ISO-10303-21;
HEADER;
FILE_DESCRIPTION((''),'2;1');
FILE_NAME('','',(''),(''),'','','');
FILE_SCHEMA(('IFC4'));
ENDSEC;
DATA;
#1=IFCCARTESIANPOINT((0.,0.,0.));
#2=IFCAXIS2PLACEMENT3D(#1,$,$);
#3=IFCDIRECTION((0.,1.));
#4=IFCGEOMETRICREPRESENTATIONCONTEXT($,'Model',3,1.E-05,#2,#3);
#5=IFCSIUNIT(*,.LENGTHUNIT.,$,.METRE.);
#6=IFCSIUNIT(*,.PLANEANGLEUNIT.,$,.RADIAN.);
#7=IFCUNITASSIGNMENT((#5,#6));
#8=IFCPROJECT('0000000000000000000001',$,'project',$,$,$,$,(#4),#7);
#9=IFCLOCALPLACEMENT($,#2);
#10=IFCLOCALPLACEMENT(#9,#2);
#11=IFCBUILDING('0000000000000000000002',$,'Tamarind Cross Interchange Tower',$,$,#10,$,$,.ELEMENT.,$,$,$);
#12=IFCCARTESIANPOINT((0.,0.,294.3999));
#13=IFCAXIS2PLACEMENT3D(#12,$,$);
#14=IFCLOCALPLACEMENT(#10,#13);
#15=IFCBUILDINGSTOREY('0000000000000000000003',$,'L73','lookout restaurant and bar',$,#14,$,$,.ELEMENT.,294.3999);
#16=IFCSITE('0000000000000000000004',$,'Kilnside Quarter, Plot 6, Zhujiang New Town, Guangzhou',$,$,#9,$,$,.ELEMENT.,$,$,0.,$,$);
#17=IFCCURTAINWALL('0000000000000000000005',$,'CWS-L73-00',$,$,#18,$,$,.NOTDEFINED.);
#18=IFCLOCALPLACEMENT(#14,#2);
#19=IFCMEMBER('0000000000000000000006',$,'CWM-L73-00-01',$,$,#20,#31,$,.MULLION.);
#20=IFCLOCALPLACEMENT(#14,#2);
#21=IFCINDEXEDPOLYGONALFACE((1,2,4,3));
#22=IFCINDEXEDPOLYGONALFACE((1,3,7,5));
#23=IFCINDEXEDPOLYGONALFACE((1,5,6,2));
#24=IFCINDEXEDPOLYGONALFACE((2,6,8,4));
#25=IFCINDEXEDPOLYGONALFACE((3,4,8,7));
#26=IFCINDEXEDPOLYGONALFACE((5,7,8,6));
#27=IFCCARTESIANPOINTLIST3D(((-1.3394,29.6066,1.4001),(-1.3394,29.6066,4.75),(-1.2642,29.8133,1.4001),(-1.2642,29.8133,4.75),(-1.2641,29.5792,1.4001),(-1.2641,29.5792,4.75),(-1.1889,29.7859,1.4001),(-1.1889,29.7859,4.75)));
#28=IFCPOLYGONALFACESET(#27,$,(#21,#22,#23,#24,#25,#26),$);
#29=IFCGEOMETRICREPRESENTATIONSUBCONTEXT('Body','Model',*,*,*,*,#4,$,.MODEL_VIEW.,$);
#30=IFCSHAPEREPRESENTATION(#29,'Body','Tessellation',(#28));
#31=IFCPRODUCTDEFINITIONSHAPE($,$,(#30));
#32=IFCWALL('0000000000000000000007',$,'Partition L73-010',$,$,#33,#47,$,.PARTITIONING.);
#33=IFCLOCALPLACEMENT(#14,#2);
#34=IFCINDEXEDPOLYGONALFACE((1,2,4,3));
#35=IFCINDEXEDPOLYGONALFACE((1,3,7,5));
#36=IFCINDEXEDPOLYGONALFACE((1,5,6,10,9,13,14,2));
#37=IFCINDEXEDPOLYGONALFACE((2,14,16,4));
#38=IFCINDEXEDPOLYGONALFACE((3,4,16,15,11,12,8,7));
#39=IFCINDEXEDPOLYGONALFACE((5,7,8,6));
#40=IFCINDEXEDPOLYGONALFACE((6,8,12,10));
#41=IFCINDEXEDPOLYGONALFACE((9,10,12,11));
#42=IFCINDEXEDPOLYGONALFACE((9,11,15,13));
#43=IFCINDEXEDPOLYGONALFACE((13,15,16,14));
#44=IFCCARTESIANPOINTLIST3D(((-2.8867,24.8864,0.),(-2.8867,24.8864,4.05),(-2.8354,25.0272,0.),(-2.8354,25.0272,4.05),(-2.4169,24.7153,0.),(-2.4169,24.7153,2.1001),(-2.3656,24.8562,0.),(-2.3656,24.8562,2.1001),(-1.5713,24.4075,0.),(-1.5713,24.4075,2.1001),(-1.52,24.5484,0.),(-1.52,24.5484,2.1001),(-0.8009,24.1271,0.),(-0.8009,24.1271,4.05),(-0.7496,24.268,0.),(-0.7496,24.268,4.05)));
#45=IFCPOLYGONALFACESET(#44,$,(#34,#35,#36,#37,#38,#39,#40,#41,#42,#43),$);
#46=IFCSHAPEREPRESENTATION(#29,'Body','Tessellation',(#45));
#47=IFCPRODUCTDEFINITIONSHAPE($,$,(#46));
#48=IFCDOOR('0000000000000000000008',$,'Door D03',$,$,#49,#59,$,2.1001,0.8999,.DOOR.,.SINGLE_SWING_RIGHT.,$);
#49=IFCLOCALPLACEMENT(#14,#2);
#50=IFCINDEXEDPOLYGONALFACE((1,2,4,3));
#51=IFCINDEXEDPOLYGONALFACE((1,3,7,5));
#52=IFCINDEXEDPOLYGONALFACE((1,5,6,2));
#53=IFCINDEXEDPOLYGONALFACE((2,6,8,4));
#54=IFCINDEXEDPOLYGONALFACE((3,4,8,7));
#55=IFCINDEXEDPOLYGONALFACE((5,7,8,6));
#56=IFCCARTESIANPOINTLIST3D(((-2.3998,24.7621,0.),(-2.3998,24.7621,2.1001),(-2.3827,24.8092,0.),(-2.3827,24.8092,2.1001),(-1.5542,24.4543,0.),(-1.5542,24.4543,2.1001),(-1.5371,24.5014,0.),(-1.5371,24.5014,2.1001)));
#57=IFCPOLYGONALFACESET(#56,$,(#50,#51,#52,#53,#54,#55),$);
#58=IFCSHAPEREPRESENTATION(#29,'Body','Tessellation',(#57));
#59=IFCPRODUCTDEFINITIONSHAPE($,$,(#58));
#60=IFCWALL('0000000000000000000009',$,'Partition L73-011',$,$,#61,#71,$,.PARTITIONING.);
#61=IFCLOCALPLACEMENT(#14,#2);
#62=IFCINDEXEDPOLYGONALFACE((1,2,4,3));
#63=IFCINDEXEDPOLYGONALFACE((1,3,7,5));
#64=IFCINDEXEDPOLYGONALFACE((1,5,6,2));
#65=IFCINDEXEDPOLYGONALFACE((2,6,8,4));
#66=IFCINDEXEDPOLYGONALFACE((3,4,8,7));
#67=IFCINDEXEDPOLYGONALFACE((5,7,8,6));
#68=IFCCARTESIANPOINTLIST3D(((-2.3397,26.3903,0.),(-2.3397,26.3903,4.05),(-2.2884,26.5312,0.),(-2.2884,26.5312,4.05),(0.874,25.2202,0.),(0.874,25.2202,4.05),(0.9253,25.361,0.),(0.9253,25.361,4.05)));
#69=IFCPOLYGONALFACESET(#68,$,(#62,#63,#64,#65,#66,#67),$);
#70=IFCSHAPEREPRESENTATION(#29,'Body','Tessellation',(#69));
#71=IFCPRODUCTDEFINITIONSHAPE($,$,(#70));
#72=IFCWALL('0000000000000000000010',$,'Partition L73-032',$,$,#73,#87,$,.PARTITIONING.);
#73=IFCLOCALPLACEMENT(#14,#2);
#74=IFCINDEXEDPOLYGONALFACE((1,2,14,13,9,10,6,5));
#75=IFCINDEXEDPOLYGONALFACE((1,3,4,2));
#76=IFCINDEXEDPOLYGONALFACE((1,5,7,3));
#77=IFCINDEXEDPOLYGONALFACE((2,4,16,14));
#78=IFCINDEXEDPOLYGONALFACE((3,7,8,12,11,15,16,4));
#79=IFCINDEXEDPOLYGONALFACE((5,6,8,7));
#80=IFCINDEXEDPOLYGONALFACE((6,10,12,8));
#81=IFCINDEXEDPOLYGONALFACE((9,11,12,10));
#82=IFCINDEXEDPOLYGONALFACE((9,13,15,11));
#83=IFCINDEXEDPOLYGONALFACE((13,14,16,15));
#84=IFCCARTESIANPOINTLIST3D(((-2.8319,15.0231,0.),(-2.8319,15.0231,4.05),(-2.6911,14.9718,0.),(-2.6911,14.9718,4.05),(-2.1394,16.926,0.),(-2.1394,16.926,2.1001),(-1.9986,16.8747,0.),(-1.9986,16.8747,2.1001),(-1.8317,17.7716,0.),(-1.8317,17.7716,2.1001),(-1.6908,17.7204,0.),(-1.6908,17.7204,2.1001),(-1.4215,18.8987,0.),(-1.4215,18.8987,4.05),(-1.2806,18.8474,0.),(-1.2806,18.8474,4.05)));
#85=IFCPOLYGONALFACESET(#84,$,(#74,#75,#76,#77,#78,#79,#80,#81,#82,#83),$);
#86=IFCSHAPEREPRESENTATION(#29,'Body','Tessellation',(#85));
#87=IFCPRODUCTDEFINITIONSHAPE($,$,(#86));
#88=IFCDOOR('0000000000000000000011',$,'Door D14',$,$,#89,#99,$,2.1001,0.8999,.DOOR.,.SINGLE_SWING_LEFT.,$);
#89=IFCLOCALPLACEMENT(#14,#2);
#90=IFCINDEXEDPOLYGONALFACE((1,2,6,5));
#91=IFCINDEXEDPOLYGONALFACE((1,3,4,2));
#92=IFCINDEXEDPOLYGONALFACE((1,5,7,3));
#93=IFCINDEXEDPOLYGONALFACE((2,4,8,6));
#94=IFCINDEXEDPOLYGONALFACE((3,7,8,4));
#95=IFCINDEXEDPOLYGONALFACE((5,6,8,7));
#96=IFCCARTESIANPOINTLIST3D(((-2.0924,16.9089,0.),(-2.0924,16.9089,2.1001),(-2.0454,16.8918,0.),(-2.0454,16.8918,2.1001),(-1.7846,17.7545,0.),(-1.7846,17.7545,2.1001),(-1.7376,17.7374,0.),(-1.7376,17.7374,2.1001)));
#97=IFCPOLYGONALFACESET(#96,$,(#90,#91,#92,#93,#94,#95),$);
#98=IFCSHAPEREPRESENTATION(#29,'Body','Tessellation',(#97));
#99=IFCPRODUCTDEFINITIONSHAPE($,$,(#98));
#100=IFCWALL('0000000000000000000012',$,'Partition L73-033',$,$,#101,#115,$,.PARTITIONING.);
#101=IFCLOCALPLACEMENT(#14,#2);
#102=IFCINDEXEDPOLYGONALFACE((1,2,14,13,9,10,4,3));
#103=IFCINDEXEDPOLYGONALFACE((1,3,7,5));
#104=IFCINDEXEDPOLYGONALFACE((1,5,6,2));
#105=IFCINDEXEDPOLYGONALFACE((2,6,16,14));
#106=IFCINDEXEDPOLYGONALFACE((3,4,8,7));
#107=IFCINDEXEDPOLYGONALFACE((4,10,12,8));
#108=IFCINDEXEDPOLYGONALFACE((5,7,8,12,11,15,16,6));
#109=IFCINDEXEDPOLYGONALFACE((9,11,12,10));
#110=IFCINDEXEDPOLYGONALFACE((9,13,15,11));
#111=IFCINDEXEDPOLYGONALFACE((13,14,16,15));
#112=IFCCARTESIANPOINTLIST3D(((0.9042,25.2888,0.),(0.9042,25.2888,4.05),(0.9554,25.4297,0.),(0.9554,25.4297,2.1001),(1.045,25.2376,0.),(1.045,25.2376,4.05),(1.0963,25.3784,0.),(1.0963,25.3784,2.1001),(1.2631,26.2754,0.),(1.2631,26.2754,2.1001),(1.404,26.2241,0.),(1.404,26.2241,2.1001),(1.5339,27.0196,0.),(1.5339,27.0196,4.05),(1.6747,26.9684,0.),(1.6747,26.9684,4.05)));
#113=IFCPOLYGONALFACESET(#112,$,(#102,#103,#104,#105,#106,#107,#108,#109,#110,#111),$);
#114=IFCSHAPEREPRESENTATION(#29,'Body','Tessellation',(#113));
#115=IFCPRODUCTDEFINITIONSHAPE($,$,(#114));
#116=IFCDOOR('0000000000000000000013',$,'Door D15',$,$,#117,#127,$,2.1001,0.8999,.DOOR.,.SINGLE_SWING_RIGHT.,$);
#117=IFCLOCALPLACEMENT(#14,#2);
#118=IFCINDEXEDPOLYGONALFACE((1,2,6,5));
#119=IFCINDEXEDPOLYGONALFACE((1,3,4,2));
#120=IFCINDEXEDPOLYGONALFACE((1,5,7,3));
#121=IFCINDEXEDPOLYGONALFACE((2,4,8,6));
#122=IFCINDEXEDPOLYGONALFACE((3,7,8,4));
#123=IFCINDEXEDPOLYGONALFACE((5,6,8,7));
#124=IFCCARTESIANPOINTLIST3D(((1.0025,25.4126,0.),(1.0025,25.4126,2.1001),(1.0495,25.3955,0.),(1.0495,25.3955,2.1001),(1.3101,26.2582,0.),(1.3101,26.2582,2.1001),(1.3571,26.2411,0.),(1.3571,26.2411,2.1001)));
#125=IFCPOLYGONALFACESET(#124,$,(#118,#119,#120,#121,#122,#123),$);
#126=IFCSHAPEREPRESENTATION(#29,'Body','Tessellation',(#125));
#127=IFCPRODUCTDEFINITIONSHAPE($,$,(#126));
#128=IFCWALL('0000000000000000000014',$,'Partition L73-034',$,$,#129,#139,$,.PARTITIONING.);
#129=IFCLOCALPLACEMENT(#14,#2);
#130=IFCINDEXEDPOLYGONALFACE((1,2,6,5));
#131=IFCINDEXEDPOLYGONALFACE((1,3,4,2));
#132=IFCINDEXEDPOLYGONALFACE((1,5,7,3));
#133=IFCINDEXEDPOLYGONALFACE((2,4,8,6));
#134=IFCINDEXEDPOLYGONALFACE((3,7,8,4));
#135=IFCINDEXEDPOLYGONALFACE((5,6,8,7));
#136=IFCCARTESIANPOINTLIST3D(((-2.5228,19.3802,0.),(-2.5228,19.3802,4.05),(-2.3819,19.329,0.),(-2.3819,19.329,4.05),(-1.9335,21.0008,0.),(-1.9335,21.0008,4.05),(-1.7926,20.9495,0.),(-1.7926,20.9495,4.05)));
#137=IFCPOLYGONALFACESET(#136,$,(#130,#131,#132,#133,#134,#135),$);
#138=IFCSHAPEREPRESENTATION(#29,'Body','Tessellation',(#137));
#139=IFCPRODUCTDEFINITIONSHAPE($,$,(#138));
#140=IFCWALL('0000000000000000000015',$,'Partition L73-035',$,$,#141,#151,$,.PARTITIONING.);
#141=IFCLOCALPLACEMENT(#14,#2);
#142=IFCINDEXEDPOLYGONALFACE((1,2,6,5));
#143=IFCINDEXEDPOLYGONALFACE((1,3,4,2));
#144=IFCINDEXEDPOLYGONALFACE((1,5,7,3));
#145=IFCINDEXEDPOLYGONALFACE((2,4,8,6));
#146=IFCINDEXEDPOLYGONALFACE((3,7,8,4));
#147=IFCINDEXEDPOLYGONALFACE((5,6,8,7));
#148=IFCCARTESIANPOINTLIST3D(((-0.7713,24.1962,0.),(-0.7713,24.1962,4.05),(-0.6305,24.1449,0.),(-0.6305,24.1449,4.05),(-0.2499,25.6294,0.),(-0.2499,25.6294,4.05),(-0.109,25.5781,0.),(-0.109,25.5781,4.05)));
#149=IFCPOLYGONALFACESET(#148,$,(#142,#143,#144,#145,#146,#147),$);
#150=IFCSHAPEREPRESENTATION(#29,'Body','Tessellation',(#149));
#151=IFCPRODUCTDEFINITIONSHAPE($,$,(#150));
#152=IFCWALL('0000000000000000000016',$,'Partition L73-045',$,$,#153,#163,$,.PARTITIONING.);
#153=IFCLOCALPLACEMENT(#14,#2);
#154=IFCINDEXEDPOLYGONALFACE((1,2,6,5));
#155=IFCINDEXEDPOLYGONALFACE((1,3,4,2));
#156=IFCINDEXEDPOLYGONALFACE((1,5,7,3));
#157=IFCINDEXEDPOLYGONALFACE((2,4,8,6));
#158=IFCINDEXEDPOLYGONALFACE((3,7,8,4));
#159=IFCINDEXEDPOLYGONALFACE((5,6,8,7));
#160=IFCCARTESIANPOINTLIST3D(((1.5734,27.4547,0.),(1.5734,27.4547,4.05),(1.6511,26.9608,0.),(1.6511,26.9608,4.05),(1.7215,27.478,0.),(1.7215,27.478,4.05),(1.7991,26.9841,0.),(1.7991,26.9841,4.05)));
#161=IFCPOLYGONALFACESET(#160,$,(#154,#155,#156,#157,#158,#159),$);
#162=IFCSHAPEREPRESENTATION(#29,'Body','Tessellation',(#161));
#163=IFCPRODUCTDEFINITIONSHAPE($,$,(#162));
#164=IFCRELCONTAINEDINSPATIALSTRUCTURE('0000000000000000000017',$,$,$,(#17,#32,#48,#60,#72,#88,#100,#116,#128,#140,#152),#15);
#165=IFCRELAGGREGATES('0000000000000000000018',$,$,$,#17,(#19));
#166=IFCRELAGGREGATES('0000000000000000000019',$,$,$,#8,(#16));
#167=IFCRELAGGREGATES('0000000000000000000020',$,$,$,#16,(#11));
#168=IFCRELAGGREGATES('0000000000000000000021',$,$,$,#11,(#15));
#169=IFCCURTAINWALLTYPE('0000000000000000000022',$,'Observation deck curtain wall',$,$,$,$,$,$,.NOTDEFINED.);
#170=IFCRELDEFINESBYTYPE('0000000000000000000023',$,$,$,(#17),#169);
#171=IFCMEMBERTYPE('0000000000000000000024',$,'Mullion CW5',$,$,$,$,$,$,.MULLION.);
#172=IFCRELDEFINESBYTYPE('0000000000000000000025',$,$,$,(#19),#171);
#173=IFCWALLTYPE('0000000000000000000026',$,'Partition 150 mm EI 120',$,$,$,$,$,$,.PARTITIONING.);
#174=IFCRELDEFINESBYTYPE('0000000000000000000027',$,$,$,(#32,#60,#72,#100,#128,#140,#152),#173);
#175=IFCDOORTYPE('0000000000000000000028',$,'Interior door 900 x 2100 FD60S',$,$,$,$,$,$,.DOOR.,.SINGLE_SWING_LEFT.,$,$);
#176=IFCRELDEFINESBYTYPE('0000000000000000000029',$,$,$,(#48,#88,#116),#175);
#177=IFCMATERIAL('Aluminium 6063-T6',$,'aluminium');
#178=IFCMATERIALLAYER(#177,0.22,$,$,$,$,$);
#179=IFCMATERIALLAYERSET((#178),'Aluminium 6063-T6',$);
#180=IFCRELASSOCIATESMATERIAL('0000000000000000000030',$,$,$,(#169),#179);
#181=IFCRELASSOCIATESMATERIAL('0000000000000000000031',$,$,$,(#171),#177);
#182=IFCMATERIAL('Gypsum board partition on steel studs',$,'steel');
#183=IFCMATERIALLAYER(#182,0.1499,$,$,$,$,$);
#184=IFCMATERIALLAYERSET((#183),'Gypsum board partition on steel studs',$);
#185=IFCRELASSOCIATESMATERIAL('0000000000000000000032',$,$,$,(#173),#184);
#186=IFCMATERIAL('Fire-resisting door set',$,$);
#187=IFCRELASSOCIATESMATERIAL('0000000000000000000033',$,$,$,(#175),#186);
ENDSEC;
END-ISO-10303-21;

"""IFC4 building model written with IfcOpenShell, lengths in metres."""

from ifc_helpers import new_model, si_unit, direction, frame, frame_2d, origin, origin_2d, place, context, subcontext, project, spatial, rectangle, extrude, material, layer, layer_set, material_profile, profile_set, type_object, element, fill, aggregate, save


model = new_model("IFC4")

# Units and contexts
model_context = context("Model", 3, precision=1e-05, world=origin(), true_north=direction((0.0, 1.0)))
body_context = subcontext(model_context, "Body", "Model", "MODEL_VIEW")
ifc_project = project(units=[si_unit("LENGTHUNIT", "METRE"), si_unit("PLANEANGLEUNIT", "RADIAN")], contexts=[model_context])

# Site, building, storey
site_placement = place(None, origin())
site = spatial("IfcSite", under=ifc_project, at=site_placement, Name="Kilnside Quarter, Plot 6, Zhujiang New Town, Guangzhou", CompositionType="ELEMENT", RefElevation=0.0)
building_placement = place(site_placement, origin())
building = spatial("IfcBuilding", under=site, at=building_placement, Name="Tamarind Cross Interchange Tower", CompositionType="ELEMENT")
storey_placement = place(building_placement, frame((0.0, 0.0, 294.3999)))
storey = spatial("IfcBuildingStorey", under=building, at=storey_placement, Name="L73", Description="lookout restaurant and bar", CompositionType="ELEMENT", Elevation=294.3999)

# Curtain wall, member
ifc_material_1 = material(Name="Aluminium 6063-T6", Category="aluminium")
ifc_layer_1 = layer(ifc_material_1, 0.22)
ifc_layer_set_1 = layer_set([ifc_layer_1], Name="Aluminium 6063-T6")
curtain_wall_type = type_object("IfcCurtainWallType", Name="Observation deck curtain wall", PredefinedType="NOTDEFINED", material=ifc_layer_set_1)
curtain_wall_placement = place(storey_placement, origin())
curtain_wall = element("IfcCurtainWall", 1, at=curtain_wall_placement, inside=storey, type_object=curtain_wall_type, Name="CWS-L73-00", PredefinedType="NOTDEFINED")
ifc_material_profile_1 = material_profile(ifc_material_1, rectangle(XDim=0.0801, YDim=0.22, at=origin_2d()), Name="Mullion CW5")
ifc_profile_set_1 = profile_set([ifc_material_profile_1], Name="Aluminium 6063-T6")
member_type = type_object("IfcMemberType", Name="Mullion CW5", PredefinedType="MULLION", material=ifc_profile_set_1)
member_1_placement = place(storey_placement, frame((-1.2642, 29.6963, 1.4001), z_axis=(0.0, 0.0, 1.0), x_axis=(-0.939702, 0.341994, 0.0)))
member_1 = element("IfcMember", 2, at=member_1_placement, type_object=member_type, Name="CWM-L73-00-01", PredefinedType="MULLION", context=body_context, shape_type="SweptSolid", body=[
    extrude(rectangle(XDim=0.0801, YDim=0.22, at=origin_2d()), origin(), (0.0, 0.0, 1.0), 3.3499),
])
aggregate(curtain_wall, [member_1])

# Wall, opening, door
ifc_material_2 = material(Name="Gypsum board partition on steel studs", Category="steel")
ifc_layer_2 = layer(ifc_material_2, 0.1499)
ifc_layer_set_2 = layer_set([ifc_layer_2], Name="Gypsum board partition on steel studs")
wall_type_1 = type_object("IfcWallType", Name="Partition 150 mm EI 120", PredefinedType="PARTITIONING", material=ifc_layer_set_2)
wall_1_placement = place(storey_placement, frame((-2.8611, 24.9568, 0.0), z_axis=(0.0, 0.0, 1.0), x_axis=(0.939684, -0.342043, 0.0)))
wall_1 = element("IfcWall", 3, at=wall_1_placement, inside=storey, type_object=wall_type_1, Name="Partition L73-010", PredefinedType="PARTITIONING", context=body_context, shape_type="SweptSolid", body=[
    extrude(rectangle(XDim=2.2197, YDim=0.1499, at=frame_2d((1.1099, 0.0))), origin(), (0.0, 0.0, 1.0), 4.05),
])
opening_1_placement = place(wall_1_placement, frame((0.5, 0.0, 0.0)))
opening_1 = element("IfcOpeningElement", 4, at=opening_1_placement, cuts=wall_1, PredefinedType="OPENING", context=body_context, shape_type="SweptSolid", body=[
    extrude(rectangle(XDim=0.8999, YDim=2.1001, at=frame_2d((0.45, 1.05))), frame((0.0, 0.085, 0.0), z_axis=(0.0, -1.0, 0.0), x_axis=(1.0, 0.0, 0.0)), (0.0, 0.0, 1.0), 0.1699),
])
ifc_material_3 = material(Name="Fire-resisting door set")
door_type_1 = type_object("IfcDoorType", Name="Interior door 900 x 2100 FD60S", OperationType="SINGLE_SWING_LEFT", PredefinedType="DOOR", material=ifc_material_3)
door_1_placement = place(opening_1_placement, origin())
door_1 = element("IfcDoor", 5, at=door_1_placement, inside=storey, type_object=door_type_1, Name="Door D03", OperationType="SINGLE_SWING_RIGHT", OverallHeight=2.1001, OverallWidth=0.8999, PredefinedType="DOOR", context=body_context, shape_type="SweptSolid", body=[
    extrude(rectangle(XDim=0.8999, YDim=2.1001, at=frame_2d((0.45, 1.05))), frame((0.0, 0.0249, 0.0), z_axis=(0.0, -1.0, 0.0), x_axis=(1.0, 0.0, 0.0)), (0.0, 0.0, 1.0), 0.05),
])
fill(opening_1, door_1)

# Wall
wall_2_placement = place(storey_placement, frame((-2.314, 26.4607, 0.0), z_axis=(0.0, 0.0, 1.0), x_axis=(0.939654, -0.342127, 0.0)))
element("IfcWall", 6, at=wall_2_placement, inside=storey, type_object=wall_type_1, Name="Partition L73-011", PredefinedType="PARTITIONING", context=body_context, shape_type="SweptSolid", body=[
    extrude(rectangle(XDim=3.4202, YDim=0.1499, at=frame_2d((1.71, 0.0))), origin(), (0.0, 0.0, 1.0), 4.05),
])

# Walls, openings, doors
wall_3_placement = place(storey_placement, frame((-2.7615, 14.9976, 0.0), z_axis=(0.0, 0.0, 1.0), x_axis=(0.341985, 0.939705, 0.0)))
wall_3 = element("IfcWall", 7, at=wall_3_placement, inside=storey, type_object=wall_type_1, Name="Partition L73-032", PredefinedType="PARTITIONING", context=body_context, shape_type="SweptSolid", body=[
    extrude(rectangle(XDim=4.1243, YDim=0.1499, at=frame_2d((2.062, 0.0))), origin(), (0.0, 0.0, 1.0), 4.05),
])
opening_2_placement = place(wall_3_placement, frame((2.0249, 0.0, 0.0)))
opening_2 = element("IfcOpeningElement", 8, at=opening_2_placement, cuts=wall_3, PredefinedType="OPENING", context=body_context, shape_type="SweptSolid", body=[
    extrude(rectangle(XDim=0.8999, YDim=2.1001, at=frame_2d((0.45, 1.05))), frame((0.0, 0.085, 0.0), z_axis=(0.0, -1.0, 0.0), x_axis=(1.0, 0.0, 0.0)), (0.0, 0.0, 1.0), 0.1699),
])
door_2_placement = place(opening_2_placement, origin())
door_2 = element("IfcDoor", 9, at=door_2_placement, inside=storey, type_object=door_type_1, Name="Door D14", OperationType="SINGLE_SWING_LEFT", OverallHeight=2.1001, OverallWidth=0.8999, PredefinedType="DOOR", context=body_context, shape_type="SweptSolid", body=[
    extrude(rectangle(XDim=0.8999, YDim=2.1001, at=frame_2d((0.45, 1.05))), frame((0.0, 0.0249, 0.0), z_axis=(0.0, -1.0, 0.0), x_axis=(1.0, 0.0, 0.0)), (0.0, 0.0, 1.0), 0.05),
])
fill(opening_2, door_2)
wall_4_placement = place(storey_placement, frame((0.9746, 25.2632, 0.0), z_axis=(0.0, 0.0, 1.0), x_axis=(0.341881, 0.939743, 0.0)))
wall_4 = element("IfcWall", 10, at=wall_4_placement, inside=storey, type_object=wall_type_1, Name="Partition L73-033", PredefinedType="PARTITIONING", context=body_context, shape_type="SweptSolid", body=[
    extrude(rectangle(XDim=1.8418, YDim=0.1499, at=frame_2d((0.9209, 0.0))), origin(), (0.0, 0.0, 1.0), 4.05),
])
opening_3_placement = place(wall_4_placement, frame((0.1499, 0.0, 0.0)))
opening_3 = element("IfcOpeningElement", 11, at=opening_3_placement, cuts=wall_4, PredefinedType="OPENING", context=body_context, shape_type="SweptSolid", body=[
    extrude(rectangle(XDim=0.8999, YDim=2.1001, at=frame_2d((0.45, 1.05))), frame((0.0, 0.085, 0.0), z_axis=(0.0, -1.0, 0.0), x_axis=(1.0, 0.0, 0.0)), (0.0, 0.0, 1.0), 0.1699),
])
door_3_placement = place(opening_3_placement, origin())
door_3 = element("IfcDoor", 12, at=door_3_placement, inside=storey, type_object=door_type_1, Name="Door D15", OperationType="SINGLE_SWING_RIGHT", OverallHeight=2.1001, OverallWidth=0.8999, PredefinedType="DOOR", context=body_context, shape_type="SweptSolid", body=[
    extrude(rectangle(XDim=0.8999, YDim=2.1001, at=frame_2d((0.45, 1.05))), frame((0.0, 0.0249, 0.0), z_axis=(0.0, -1.0, 0.0), x_axis=(1.0, 0.0, 0.0)), (0.0, 0.0, 1.0), 0.05),
])
fill(opening_3, door_3)

# Walls
wall_5_placement = place(storey_placement, frame((-2.4524, 19.3545, 0.0), z_axis=(0.0, 0.0, 1.0), x_axis=(0.341766, 0.939785, 0.0)))
element("IfcWall", 13, at=wall_5_placement, inside=storey, type_object=wall_type_1, Name="Partition L73-034", PredefinedType="PARTITIONING", context=body_context, shape_type="SweptSolid", body=[
    extrude(rectangle(XDim=1.7244, YDim=0.1499, at=frame_2d((0.8623, 0.0))), origin(), (0.0, 0.0, 1.0), 4.05),
])
wall_6_placement = place(storey_placement, frame((-0.7009, 24.1704, 0.0), z_axis=(0.0, 0.0, 1.0), x_axis=(0.341897, 0.939737, 0.0)))
element("IfcWall", 14, at=wall_6_placement, inside=storey, type_object=wall_type_1, Name="Partition L73-035", PredefinedType="PARTITIONING", context=body_context, shape_type="SweptSolid", body=[
    extrude(rectangle(XDim=1.5251, YDim=0.1499, at=frame_2d((0.7627, 0.0))), origin(), (0.0, 0.0, 1.0), 4.05),
])
wall_7_placement = place(storey_placement, frame((1.7251, 26.9724, 0.0), z_axis=(0.0, 0.0, 1.0), x_axis=(-0.155285, 0.98787, 0.0)))
element("IfcWall", 15, at=wall_7_placement, inside=storey, type_object=wall_type_1, Name="Partition L73-045", PredefinedType="PARTITIONING", context=body_context, shape_type="SweptSolid", body=[
    extrude(rectangle(XDim=0.5, YDim=0.1499, at=frame_2d((0.25, 0.0))), origin(), (0.0, 0.0, 1.0), 4.05),
])

save(model, "model.ifc")
